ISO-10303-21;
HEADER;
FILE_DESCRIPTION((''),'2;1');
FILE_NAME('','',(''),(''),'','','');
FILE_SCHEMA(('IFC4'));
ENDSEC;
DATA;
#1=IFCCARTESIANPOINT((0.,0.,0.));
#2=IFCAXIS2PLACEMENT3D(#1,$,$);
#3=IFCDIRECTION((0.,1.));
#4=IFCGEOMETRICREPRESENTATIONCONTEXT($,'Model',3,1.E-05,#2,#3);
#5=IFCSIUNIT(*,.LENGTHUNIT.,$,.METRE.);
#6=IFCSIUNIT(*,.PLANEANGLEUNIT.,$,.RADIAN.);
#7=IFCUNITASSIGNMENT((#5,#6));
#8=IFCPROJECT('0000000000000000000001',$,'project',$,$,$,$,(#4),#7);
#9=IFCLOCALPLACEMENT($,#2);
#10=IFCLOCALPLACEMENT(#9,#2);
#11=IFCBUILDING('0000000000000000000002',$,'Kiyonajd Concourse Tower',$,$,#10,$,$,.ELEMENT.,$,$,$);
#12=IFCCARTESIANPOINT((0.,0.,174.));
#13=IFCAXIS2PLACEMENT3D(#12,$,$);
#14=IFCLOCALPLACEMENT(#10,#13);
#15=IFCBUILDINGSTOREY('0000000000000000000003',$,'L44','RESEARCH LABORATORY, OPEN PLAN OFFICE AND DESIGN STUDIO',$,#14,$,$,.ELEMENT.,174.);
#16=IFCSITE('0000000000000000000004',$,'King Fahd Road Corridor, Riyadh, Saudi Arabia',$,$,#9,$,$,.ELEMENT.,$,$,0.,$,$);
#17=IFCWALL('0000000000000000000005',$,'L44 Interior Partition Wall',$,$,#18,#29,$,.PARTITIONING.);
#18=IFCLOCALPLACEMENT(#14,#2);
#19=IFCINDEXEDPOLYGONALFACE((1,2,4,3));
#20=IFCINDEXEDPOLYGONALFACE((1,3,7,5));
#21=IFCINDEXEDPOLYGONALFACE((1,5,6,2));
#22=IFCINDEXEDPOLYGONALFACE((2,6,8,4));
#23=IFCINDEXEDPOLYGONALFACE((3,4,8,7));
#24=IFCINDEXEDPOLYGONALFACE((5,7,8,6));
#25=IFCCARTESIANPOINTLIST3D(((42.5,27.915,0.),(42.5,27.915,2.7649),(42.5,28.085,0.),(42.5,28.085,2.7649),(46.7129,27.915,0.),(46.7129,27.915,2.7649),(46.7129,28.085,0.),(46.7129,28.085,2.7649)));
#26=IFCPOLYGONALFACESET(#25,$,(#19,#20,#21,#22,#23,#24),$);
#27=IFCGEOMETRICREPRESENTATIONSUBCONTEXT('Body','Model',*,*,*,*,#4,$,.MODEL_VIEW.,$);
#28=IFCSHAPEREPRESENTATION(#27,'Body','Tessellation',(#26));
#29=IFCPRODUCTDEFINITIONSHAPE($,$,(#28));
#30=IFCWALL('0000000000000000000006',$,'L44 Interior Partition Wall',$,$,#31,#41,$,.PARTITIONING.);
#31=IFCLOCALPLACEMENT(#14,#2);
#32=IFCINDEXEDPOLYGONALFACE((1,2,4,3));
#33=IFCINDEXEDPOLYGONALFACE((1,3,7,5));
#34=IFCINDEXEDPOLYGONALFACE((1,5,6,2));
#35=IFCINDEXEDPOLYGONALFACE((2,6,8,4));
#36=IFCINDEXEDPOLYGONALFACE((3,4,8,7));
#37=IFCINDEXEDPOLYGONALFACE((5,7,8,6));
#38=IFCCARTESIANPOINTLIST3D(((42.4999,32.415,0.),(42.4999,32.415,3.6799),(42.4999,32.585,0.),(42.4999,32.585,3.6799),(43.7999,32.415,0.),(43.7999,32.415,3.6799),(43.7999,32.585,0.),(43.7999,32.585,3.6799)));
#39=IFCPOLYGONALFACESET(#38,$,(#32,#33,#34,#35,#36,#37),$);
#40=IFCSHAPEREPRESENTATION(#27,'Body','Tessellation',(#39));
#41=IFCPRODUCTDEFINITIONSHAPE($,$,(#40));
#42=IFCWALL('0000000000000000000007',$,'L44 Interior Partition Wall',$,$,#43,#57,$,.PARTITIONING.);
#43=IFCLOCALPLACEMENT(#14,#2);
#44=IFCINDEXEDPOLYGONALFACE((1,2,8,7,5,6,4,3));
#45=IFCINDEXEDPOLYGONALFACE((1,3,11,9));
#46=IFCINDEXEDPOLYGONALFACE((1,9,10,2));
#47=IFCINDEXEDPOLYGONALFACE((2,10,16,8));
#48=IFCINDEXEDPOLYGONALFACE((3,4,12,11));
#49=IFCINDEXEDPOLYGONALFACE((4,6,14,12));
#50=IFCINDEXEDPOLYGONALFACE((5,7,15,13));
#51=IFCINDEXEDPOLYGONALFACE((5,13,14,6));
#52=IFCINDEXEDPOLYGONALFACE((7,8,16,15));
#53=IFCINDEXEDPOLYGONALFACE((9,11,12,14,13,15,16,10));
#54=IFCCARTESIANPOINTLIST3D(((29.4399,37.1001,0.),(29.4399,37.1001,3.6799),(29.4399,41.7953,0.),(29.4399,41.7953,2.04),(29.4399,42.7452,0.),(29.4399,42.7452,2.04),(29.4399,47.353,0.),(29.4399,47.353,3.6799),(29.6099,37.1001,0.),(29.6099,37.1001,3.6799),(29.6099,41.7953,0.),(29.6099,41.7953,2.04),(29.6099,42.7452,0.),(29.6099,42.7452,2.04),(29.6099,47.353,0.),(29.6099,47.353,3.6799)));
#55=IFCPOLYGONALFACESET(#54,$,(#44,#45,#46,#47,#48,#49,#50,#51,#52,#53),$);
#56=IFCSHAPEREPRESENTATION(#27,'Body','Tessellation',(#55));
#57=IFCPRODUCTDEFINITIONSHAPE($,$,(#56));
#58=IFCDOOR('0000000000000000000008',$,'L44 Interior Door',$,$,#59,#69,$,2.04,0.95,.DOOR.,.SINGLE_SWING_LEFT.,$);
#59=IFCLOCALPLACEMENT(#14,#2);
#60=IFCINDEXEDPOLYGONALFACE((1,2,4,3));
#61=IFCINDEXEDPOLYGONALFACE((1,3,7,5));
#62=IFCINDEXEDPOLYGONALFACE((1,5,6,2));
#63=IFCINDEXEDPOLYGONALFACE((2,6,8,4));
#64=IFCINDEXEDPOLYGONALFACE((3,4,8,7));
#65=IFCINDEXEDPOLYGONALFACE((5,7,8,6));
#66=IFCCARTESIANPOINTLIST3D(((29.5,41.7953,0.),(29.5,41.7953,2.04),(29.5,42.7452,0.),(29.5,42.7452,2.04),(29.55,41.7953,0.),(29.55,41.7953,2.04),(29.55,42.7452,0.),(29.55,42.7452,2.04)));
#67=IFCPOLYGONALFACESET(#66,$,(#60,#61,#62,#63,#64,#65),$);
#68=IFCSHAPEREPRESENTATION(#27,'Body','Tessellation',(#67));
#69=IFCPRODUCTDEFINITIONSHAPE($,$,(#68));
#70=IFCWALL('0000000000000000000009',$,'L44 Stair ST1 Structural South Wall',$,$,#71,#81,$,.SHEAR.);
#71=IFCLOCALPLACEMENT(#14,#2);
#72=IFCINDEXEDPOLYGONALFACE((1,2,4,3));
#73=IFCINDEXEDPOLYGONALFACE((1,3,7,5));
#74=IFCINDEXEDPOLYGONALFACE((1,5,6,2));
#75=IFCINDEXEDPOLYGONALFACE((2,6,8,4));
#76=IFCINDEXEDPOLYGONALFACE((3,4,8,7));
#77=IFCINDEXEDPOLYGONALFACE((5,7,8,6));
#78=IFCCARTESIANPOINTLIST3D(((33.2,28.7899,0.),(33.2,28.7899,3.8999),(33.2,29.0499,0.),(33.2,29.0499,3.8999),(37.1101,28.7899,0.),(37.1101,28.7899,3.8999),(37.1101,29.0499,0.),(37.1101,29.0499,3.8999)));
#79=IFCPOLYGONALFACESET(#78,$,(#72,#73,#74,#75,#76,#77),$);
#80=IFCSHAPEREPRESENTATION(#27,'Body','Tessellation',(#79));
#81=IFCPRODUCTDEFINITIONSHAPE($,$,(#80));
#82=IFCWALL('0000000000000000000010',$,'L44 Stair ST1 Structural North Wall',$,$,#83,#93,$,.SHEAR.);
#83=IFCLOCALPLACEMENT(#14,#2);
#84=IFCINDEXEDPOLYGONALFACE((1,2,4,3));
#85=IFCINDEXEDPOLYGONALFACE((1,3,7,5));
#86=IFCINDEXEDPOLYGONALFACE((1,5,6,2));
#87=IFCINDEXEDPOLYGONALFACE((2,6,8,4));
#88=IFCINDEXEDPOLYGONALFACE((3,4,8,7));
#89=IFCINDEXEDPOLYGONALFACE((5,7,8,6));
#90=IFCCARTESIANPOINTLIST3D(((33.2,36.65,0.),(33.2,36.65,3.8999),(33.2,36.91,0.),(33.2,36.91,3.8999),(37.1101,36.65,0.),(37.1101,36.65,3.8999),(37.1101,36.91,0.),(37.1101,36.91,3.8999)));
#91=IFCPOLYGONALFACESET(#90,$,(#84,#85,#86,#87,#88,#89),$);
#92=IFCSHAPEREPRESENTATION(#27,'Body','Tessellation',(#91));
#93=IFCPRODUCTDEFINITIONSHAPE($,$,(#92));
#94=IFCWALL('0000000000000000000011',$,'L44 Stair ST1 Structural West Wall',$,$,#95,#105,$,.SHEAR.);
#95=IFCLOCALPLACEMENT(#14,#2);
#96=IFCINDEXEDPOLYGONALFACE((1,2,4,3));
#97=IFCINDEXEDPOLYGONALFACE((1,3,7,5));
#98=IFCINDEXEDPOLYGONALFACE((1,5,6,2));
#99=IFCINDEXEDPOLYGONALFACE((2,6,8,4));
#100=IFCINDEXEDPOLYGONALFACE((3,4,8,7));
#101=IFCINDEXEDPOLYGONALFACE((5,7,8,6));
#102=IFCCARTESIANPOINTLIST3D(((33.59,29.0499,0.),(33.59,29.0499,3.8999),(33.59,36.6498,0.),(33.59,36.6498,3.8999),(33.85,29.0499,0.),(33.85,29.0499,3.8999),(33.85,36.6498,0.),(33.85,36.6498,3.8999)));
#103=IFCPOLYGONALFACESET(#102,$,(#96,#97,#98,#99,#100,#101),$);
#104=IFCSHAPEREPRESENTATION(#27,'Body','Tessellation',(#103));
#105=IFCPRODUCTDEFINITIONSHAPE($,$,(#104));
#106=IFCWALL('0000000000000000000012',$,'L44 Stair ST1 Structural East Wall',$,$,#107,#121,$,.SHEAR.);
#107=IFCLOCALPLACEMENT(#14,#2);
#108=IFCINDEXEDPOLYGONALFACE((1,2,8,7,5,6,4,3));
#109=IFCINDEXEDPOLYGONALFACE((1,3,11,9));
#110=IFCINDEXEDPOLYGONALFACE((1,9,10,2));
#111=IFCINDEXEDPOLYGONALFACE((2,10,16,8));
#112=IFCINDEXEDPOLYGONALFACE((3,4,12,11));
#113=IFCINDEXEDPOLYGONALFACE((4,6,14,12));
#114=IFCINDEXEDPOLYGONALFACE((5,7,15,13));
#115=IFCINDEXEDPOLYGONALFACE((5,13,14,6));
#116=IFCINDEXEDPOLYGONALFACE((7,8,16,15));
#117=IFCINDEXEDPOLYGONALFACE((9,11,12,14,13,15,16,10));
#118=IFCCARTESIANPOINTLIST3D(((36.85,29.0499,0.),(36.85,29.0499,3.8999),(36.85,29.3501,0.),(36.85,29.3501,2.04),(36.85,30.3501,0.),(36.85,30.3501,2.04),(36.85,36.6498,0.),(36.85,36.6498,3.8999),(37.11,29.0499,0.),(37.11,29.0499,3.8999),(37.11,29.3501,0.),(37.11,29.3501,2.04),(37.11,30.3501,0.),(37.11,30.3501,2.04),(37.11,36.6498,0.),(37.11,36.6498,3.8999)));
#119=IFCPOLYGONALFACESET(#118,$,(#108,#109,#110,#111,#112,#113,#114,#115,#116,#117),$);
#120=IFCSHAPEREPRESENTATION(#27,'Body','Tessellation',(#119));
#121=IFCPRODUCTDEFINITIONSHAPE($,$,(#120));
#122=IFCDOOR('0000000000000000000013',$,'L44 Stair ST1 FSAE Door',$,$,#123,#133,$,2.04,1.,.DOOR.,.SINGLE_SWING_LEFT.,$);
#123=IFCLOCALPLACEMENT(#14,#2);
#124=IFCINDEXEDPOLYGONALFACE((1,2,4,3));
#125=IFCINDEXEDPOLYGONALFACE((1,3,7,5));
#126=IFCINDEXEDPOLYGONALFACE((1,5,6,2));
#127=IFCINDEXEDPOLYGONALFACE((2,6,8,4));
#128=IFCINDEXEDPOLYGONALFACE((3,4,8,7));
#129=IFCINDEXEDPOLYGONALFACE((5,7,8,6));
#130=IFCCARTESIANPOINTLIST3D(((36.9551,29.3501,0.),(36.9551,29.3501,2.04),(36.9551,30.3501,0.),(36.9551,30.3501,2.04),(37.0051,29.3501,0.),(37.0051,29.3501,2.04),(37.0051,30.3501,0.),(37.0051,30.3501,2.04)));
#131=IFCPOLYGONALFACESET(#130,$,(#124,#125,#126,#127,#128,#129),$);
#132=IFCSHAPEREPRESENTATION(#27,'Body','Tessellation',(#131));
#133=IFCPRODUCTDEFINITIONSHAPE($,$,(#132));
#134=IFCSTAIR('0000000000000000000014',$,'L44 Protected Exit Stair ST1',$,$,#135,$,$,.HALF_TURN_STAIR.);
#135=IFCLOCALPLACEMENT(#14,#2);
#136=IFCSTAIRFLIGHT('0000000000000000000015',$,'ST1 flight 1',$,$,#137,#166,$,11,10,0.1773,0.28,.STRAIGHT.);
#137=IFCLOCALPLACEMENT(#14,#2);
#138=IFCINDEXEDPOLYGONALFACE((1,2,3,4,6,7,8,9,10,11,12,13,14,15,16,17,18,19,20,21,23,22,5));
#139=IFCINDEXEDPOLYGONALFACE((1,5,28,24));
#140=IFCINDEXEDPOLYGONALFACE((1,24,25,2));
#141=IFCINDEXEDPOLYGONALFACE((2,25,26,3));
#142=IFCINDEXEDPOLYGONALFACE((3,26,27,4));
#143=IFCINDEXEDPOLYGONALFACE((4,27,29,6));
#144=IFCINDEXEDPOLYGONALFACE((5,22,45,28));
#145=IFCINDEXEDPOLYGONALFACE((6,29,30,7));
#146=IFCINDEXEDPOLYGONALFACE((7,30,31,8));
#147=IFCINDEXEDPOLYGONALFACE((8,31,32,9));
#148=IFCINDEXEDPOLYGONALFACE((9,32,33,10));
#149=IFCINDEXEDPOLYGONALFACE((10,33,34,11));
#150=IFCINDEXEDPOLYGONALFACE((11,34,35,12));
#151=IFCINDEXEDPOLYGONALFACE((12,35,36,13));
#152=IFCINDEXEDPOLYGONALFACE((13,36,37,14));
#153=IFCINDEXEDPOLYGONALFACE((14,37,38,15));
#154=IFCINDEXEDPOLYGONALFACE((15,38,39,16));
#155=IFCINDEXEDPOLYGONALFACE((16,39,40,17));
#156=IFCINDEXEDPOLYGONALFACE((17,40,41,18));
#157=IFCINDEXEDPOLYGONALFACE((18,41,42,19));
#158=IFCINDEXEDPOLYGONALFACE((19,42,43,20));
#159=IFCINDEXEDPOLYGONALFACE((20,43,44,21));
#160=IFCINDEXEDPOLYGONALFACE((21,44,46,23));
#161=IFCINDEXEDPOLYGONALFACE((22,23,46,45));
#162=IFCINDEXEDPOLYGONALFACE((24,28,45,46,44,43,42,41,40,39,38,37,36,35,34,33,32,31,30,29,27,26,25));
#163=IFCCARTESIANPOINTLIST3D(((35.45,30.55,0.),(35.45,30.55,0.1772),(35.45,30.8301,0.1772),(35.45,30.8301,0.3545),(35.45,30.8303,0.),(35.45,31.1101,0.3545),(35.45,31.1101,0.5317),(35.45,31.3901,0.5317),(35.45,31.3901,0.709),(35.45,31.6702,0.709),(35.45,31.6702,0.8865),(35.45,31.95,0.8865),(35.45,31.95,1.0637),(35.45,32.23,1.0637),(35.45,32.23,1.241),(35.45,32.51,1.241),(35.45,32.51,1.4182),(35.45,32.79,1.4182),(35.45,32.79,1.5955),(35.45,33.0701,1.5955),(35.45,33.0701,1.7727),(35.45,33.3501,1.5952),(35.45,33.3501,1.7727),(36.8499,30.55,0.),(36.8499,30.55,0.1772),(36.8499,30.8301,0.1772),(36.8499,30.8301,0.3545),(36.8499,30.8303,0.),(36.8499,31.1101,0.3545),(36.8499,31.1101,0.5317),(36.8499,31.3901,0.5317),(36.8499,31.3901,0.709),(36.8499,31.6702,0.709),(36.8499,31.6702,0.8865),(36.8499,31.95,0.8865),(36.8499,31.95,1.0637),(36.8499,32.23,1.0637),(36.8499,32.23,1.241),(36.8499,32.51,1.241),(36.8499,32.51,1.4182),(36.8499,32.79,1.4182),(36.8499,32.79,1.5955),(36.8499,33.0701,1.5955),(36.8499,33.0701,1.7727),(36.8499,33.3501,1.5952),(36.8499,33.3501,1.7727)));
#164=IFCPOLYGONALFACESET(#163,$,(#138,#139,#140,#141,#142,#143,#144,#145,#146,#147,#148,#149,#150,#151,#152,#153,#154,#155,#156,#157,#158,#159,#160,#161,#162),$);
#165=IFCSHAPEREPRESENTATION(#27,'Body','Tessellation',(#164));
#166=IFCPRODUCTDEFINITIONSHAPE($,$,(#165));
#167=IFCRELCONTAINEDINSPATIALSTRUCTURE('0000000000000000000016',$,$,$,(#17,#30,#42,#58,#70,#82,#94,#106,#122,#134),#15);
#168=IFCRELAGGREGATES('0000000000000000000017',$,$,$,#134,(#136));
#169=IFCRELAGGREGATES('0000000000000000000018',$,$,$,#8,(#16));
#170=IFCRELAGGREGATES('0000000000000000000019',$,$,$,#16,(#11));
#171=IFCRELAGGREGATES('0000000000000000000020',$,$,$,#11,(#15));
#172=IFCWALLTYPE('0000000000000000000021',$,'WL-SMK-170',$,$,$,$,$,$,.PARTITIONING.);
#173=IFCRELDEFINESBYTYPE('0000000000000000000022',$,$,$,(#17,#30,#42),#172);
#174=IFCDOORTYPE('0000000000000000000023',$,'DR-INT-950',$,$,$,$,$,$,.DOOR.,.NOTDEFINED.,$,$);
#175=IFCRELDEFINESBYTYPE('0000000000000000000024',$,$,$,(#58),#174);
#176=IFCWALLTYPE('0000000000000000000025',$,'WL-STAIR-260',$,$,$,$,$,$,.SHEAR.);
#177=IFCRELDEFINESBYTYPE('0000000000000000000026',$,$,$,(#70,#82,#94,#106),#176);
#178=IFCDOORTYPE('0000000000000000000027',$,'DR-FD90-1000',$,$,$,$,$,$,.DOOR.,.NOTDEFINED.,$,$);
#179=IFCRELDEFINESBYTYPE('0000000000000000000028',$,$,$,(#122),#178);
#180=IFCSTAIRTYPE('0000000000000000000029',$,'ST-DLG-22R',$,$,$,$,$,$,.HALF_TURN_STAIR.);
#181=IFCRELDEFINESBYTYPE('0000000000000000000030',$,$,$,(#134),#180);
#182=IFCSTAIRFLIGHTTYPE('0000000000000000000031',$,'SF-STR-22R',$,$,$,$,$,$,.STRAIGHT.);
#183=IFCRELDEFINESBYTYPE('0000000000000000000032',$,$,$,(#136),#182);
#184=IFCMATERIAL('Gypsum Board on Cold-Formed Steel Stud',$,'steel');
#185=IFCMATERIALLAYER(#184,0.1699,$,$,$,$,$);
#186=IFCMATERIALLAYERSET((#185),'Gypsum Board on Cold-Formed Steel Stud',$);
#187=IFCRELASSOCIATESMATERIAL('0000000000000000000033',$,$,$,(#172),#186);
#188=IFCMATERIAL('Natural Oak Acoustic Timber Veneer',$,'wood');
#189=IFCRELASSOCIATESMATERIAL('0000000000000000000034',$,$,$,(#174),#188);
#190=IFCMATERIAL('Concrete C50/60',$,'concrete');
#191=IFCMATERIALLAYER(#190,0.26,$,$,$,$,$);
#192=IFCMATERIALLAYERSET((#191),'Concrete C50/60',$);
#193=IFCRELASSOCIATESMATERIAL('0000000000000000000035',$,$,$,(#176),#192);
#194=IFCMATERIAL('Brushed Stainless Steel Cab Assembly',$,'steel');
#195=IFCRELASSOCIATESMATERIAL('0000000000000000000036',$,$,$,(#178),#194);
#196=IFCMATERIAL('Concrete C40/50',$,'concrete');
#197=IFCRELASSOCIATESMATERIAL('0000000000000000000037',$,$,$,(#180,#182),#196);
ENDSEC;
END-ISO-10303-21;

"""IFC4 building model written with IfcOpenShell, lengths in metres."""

from ifc_helpers import new_model, si_unit, direction, frame, frame_2d, origin, place, context, subcontext, project, spatial, polyline, rectangle, outline, extrude, material, layer, layer_set, type_object, element, fill, aggregate, save


model = new_model("IFC4")

# Units and contexts
model_context = context("Model", 3, precision=1e-05, world=origin(), true_north=direction((0.0, 1.0)))
body_context = subcontext(model_context, "Body", "Model", "MODEL_VIEW")
ifc_project = project(units=[si_unit("LENGTHUNIT", "METRE"), si_unit("PLANEANGLEUNIT", "RADIAN")], contexts=[model_context])

# Site, building, storey
site_placement = place(None, origin())
site = spatial("IfcSite", under=ifc_project, at=site_placement, Name="King Fahd Road Corridor, Riyadh, Saudi Arabia", CompositionType="ELEMENT", RefElevation=0.0)
building_placement = place(site_placement, origin())
building = spatial("IfcBuilding", under=site, at=building_placement, Name="Kiyonajd Concourse Tower", CompositionType="ELEMENT")
storey_placement = place(building_placement, frame((0.0, 0.0, 174.0)))
storey = spatial("IfcBuildingStorey", under=building, at=storey_placement, Name="L44", Description="RESEARCH LABORATORY, OPEN PLAN OFFICE AND DESIGN STUDIO", CompositionType="ELEMENT", Elevation=174.0)

# Shared definitions
ifc_material_1 = material(Name="Concrete C50/60", Category="concrete")

# Shared definitions
ifc_material_2 = material(Name="Gypsum Board on Cold-Formed Steel Stud", Category="steel")
ifc_material_3 = material(Name="Brushed Stainless Steel Cab Assembly", Category="steel")

# Walls
ifc_layer_1 = layer(ifc_material_2, 0.1699)
ifc_layer_set_1 = layer_set([ifc_layer_1], Name="Gypsum Board on Cold-Formed Steel Stud")
wall_type_1 = type_object("IfcWallType", Name="WL-SMK-170", PredefinedType="PARTITIONING", material=ifc_layer_set_1)
wall_1_placement = place(storey_placement, frame((42.5, 28.0, 0.0), z_axis=(0.0, 0.0, 1.0), x_axis=(1.0, 0.0, 0.0)))
element("IfcWall", 1, at=wall_1_placement, inside=storey, type_object=wall_type_1, Name="L44 Interior Partition Wall", PredefinedType="PARTITIONING", context=body_context, shape_type="SweptSolid", body=[
    extrude(rectangle(XDim=4.2129, YDim=0.1699, at=frame_2d((2.1064, 0.0))), origin(), (0.0, 0.0, 1.0), 2.7649),
])
wall_2_placement = place(storey_placement, frame((42.5, 32.5, 0.0), z_axis=(0.0, 0.0, 1.0), x_axis=(1.0, 0.0, 0.0)))
element("IfcWall", 2, at=wall_2_placement, inside=storey, type_object=wall_type_1, Name="L44 Interior Partition Wall", PredefinedType="PARTITIONING", context=body_context, shape_type="SweptSolid", body=[
    extrude(rectangle(XDim=1.3, YDim=0.1699, at=frame_2d((0.6499, 0.0))), origin(), (0.0, 0.0, 1.0), 3.6799),
])

# Wall, opening, door
wall_3_placement = place(storey_placement, frame((29.5249, 37.1001, 0.0), z_axis=(0.0, 0.0, 1.0), x_axis=(0.0, 1.0, 0.0)))
wall_3 = element("IfcWall", 3, at=wall_3_placement, inside=storey, type_object=wall_type_1, Name="L44 Interior Partition Wall", PredefinedType="PARTITIONING", context=body_context, shape_type="SweptSolid", body=[
    extrude(rectangle(XDim=10.2529, YDim=0.1699, at=frame_2d((5.1265, 0.0))), origin(), (0.0, 0.0, 1.0), 3.6799),
])
opening_1_placement = place(wall_3_placement, frame((4.6951, 0.0, 0.0)))
opening_1 = element("IfcOpeningElement", 4, at=opening_1_placement, cuts=wall_3, PredefinedType="OPENING", context=body_context, shape_type="SweptSolid", body=[
    extrude(rectangle(XDim=0.95, YDim=2.04, at=frame_2d((0.4751, 1.02))), frame((0.0, 0.095, 0.0), z_axis=(0.0, -1.0, 0.0), x_axis=(1.0, 0.0, 0.0)), (0.0, 0.0, 1.0), 0.1899),
])
ifc_material_4 = material(Name="Natural Oak Acoustic Timber Veneer", Category="wood")
door_type_1 = type_object("IfcDoorType", Name="DR-INT-950", OperationType="NOTDEFINED", PredefinedType="DOOR", material=ifc_material_4)
door_1_placement = place(opening_1_placement, origin())
door_1 = element("IfcDoor", 5, at=door_1_placement, inside=storey, type_object=door_type_1, Name="L44 Interior Door", OperationType="SINGLE_SWING_LEFT", OverallHeight=2.04, OverallWidth=0.95, PredefinedType="DOOR", context=body_context, shape_type="SweptSolid", body=[
    extrude(rectangle(XDim=0.95, YDim=2.04, at=frame_2d((0.4751, 1.02))), frame((0.0, 0.0249, 0.0), z_axis=(0.0, -1.0, 0.0), x_axis=(1.0, 0.0, 0.0)), (0.0, 0.0, 1.0), 0.05),
])
fill(opening_1, door_1)

# Walls
ifc_layer_2 = layer(ifc_material_1, 0.26)
ifc_layer_set_2 = layer_set([ifc_layer_2], Name="Concrete C50/60")
wall_type_2 = type_object("IfcWallType", Name="WL-STAIR-260", PredefinedType="SHEAR", material=ifc_layer_set_2)
for number, where, z_axis, x_axis, name in (
    (6, (33.2, 28.9199, 0.0), (0.0, 0.0, 1.0), (1.0, 0.0, 0.0), "L44 Stair ST1 Structural South Wall"),
    (7, (33.2, 36.78, 0.0), (0.0, 0.0, 1.0), (1.0, 0.0, 0.0), "L44 Stair ST1 Structural North Wall"),
):
    element("IfcWall", number, at=place(storey_placement, frame(where, z_axis=z_axis, x_axis=x_axis)), inside=storey, type_object=wall_type_2, Name=name, PredefinedType="SHEAR", context=body_context, shape_type="SweptSolid", body=[
        extrude(rectangle(XDim=3.9102, YDim=0.26, at=frame_2d((1.9551, 0.0))), origin(), (0.0, 0.0, 1.0), 3.8999),
    ])
wall_4_placement = place(storey_placement, frame((33.72, 29.05, 0.0), z_axis=(0.0, 0.0, 1.0), x_axis=(0.0, 1.0, 0.0)))
element("IfcWall", 8, at=wall_4_placement, inside=storey, type_object=wall_type_2, Name="L44 Stair ST1 Structural West Wall", PredefinedType="SHEAR", context=body_context, shape_type="SweptSolid", body=[
    extrude(rectangle(XDim=7.5999, YDim=0.26, at=frame_2d((3.7998, 0.0))), origin(), (0.0, 0.0, 1.0), 3.8999),
])

# Wall, opening, door
wall_5_placement = place(storey_placement, frame((36.98, 29.05, 0.0), z_axis=(0.0, 0.0, 1.0), x_axis=(0.0, 1.0, 0.0)))
wall_5 = element("IfcWall", 9, at=wall_5_placement, inside=storey, type_object=wall_type_2, Name="L44 Stair ST1 Structural East Wall", PredefinedType="SHEAR", context=body_context, shape_type="SweptSolid", body=[
    extrude(rectangle(XDim=7.5999, YDim=0.26, at=frame_2d((3.7998, 0.0))), origin(), (0.0, 0.0, 1.0), 3.8999),
])
opening_2_placement = place(wall_5_placement, frame((0.3, 0.0, 0.0)))
opening_2 = element("IfcOpeningElement", 10, at=opening_2_placement, cuts=wall_5, PredefinedType="OPENING", context=body_context, shape_type="SweptSolid", body=[
    extrude(rectangle(XDim=1.0, YDim=2.04, at=frame_2d((0.5, 1.02))), frame((0.0, 0.1399, 0.0), z_axis=(0.0, -1.0, 0.0), x_axis=(1.0, 0.0, 0.0)), (0.0, 0.0, 1.0), 0.28),
])
door_type_2 = type_object("IfcDoorType", Name="DR-FD90-1000", OperationType="NOTDEFINED", PredefinedType="DOOR", material=ifc_material_3)
door_2_placement = place(opening_2_placement, origin())
door_2 = element("IfcDoor", 11, at=door_2_placement, inside=storey, type_object=door_type_2, Name="L44 Stair ST1 FSAE Door", OperationType="SINGLE_SWING_LEFT", OverallHeight=2.04, OverallWidth=1.0, PredefinedType="DOOR", context=body_context, shape_type="SweptSolid", body=[
    extrude(rectangle(XDim=1.0, YDim=2.04, at=frame_2d((0.5, 1.02))), frame((0.0, 0.0249, 0.0), z_axis=(0.0, -1.0, 0.0), x_axis=(1.0, 0.0, 0.0)), (0.0, 0.0, 1.0), 0.05),
])
fill(opening_2, door_2)

# Stair, stair flight
ifc_material_5 = material(Name="Concrete C40/50", Category="concrete")
stair_type = type_object("IfcStairType", Name="ST-DLG-22R", PredefinedType="HALF_TURN_STAIR", material=ifc_material_5)
stair_placement = place(storey_placement, origin())
stair = element("IfcStair", 12, at=stair_placement, inside=storey, type_object=stair_type, Name="L44 Protected Exit Stair ST1", PredefinedType="HALF_TURN_STAIR")
stair_flight_type = type_object("IfcStairFlightType", Name="SF-STR-22R", PredefinedType="STRAIGHT", material=ifc_material_5)
stair_flight_1_placement = place(storey_placement, frame((36.1499, 30.55, 0.0), z_axis=(0.0, 0.0, 1.0), x_axis=(0.0, 1.0, 0.0)))
stair_flight_1 = element("IfcStairFlight", 13, at=stair_flight_1_placement, type_object=stair_flight_type, Name="ST1 flight 1", NumberOfRisers=11, NumberOfTreads=10, PredefinedType="STRAIGHT", RiserHeight=0.1773, TreadLength=0.28, context=body_context, shape_type="SweptSolid", body=[
    extrude(outline(polyline([(0.0, 0.0), (0.0, 0.1772), (0.28, 0.1772), (0.28, 0.3545), (0.5601, 0.3545), (0.5601, 0.5317), (0.8401, 0.5317), (0.8401, 0.709), (1.1201, 0.709), (1.1201, 0.8865), (1.3999, 0.8865), (1.3999, 1.0637), (1.6799, 1.0637), (1.6799, 1.241), (1.96, 1.241), (1.96, 1.4182), (2.24, 1.4182), (2.24, 1.5955), (2.52, 1.5955), (2.52, 1.7727), (2.8, 1.7727), (2.8, 1.95), (2.8, 1.5952), (0.2803, 0.0), (0.0, 0.0)])), frame((0.0, 0.7, 0.0), z_axis=(0.0, -1.0, 0.0), x_axis=(1.0, 0.0, 0.0)), (0.0, 0.0, 1.0), 1.3999),
])
aggregate(stair, [stair_flight_1])

save(model, "model.ifc")
